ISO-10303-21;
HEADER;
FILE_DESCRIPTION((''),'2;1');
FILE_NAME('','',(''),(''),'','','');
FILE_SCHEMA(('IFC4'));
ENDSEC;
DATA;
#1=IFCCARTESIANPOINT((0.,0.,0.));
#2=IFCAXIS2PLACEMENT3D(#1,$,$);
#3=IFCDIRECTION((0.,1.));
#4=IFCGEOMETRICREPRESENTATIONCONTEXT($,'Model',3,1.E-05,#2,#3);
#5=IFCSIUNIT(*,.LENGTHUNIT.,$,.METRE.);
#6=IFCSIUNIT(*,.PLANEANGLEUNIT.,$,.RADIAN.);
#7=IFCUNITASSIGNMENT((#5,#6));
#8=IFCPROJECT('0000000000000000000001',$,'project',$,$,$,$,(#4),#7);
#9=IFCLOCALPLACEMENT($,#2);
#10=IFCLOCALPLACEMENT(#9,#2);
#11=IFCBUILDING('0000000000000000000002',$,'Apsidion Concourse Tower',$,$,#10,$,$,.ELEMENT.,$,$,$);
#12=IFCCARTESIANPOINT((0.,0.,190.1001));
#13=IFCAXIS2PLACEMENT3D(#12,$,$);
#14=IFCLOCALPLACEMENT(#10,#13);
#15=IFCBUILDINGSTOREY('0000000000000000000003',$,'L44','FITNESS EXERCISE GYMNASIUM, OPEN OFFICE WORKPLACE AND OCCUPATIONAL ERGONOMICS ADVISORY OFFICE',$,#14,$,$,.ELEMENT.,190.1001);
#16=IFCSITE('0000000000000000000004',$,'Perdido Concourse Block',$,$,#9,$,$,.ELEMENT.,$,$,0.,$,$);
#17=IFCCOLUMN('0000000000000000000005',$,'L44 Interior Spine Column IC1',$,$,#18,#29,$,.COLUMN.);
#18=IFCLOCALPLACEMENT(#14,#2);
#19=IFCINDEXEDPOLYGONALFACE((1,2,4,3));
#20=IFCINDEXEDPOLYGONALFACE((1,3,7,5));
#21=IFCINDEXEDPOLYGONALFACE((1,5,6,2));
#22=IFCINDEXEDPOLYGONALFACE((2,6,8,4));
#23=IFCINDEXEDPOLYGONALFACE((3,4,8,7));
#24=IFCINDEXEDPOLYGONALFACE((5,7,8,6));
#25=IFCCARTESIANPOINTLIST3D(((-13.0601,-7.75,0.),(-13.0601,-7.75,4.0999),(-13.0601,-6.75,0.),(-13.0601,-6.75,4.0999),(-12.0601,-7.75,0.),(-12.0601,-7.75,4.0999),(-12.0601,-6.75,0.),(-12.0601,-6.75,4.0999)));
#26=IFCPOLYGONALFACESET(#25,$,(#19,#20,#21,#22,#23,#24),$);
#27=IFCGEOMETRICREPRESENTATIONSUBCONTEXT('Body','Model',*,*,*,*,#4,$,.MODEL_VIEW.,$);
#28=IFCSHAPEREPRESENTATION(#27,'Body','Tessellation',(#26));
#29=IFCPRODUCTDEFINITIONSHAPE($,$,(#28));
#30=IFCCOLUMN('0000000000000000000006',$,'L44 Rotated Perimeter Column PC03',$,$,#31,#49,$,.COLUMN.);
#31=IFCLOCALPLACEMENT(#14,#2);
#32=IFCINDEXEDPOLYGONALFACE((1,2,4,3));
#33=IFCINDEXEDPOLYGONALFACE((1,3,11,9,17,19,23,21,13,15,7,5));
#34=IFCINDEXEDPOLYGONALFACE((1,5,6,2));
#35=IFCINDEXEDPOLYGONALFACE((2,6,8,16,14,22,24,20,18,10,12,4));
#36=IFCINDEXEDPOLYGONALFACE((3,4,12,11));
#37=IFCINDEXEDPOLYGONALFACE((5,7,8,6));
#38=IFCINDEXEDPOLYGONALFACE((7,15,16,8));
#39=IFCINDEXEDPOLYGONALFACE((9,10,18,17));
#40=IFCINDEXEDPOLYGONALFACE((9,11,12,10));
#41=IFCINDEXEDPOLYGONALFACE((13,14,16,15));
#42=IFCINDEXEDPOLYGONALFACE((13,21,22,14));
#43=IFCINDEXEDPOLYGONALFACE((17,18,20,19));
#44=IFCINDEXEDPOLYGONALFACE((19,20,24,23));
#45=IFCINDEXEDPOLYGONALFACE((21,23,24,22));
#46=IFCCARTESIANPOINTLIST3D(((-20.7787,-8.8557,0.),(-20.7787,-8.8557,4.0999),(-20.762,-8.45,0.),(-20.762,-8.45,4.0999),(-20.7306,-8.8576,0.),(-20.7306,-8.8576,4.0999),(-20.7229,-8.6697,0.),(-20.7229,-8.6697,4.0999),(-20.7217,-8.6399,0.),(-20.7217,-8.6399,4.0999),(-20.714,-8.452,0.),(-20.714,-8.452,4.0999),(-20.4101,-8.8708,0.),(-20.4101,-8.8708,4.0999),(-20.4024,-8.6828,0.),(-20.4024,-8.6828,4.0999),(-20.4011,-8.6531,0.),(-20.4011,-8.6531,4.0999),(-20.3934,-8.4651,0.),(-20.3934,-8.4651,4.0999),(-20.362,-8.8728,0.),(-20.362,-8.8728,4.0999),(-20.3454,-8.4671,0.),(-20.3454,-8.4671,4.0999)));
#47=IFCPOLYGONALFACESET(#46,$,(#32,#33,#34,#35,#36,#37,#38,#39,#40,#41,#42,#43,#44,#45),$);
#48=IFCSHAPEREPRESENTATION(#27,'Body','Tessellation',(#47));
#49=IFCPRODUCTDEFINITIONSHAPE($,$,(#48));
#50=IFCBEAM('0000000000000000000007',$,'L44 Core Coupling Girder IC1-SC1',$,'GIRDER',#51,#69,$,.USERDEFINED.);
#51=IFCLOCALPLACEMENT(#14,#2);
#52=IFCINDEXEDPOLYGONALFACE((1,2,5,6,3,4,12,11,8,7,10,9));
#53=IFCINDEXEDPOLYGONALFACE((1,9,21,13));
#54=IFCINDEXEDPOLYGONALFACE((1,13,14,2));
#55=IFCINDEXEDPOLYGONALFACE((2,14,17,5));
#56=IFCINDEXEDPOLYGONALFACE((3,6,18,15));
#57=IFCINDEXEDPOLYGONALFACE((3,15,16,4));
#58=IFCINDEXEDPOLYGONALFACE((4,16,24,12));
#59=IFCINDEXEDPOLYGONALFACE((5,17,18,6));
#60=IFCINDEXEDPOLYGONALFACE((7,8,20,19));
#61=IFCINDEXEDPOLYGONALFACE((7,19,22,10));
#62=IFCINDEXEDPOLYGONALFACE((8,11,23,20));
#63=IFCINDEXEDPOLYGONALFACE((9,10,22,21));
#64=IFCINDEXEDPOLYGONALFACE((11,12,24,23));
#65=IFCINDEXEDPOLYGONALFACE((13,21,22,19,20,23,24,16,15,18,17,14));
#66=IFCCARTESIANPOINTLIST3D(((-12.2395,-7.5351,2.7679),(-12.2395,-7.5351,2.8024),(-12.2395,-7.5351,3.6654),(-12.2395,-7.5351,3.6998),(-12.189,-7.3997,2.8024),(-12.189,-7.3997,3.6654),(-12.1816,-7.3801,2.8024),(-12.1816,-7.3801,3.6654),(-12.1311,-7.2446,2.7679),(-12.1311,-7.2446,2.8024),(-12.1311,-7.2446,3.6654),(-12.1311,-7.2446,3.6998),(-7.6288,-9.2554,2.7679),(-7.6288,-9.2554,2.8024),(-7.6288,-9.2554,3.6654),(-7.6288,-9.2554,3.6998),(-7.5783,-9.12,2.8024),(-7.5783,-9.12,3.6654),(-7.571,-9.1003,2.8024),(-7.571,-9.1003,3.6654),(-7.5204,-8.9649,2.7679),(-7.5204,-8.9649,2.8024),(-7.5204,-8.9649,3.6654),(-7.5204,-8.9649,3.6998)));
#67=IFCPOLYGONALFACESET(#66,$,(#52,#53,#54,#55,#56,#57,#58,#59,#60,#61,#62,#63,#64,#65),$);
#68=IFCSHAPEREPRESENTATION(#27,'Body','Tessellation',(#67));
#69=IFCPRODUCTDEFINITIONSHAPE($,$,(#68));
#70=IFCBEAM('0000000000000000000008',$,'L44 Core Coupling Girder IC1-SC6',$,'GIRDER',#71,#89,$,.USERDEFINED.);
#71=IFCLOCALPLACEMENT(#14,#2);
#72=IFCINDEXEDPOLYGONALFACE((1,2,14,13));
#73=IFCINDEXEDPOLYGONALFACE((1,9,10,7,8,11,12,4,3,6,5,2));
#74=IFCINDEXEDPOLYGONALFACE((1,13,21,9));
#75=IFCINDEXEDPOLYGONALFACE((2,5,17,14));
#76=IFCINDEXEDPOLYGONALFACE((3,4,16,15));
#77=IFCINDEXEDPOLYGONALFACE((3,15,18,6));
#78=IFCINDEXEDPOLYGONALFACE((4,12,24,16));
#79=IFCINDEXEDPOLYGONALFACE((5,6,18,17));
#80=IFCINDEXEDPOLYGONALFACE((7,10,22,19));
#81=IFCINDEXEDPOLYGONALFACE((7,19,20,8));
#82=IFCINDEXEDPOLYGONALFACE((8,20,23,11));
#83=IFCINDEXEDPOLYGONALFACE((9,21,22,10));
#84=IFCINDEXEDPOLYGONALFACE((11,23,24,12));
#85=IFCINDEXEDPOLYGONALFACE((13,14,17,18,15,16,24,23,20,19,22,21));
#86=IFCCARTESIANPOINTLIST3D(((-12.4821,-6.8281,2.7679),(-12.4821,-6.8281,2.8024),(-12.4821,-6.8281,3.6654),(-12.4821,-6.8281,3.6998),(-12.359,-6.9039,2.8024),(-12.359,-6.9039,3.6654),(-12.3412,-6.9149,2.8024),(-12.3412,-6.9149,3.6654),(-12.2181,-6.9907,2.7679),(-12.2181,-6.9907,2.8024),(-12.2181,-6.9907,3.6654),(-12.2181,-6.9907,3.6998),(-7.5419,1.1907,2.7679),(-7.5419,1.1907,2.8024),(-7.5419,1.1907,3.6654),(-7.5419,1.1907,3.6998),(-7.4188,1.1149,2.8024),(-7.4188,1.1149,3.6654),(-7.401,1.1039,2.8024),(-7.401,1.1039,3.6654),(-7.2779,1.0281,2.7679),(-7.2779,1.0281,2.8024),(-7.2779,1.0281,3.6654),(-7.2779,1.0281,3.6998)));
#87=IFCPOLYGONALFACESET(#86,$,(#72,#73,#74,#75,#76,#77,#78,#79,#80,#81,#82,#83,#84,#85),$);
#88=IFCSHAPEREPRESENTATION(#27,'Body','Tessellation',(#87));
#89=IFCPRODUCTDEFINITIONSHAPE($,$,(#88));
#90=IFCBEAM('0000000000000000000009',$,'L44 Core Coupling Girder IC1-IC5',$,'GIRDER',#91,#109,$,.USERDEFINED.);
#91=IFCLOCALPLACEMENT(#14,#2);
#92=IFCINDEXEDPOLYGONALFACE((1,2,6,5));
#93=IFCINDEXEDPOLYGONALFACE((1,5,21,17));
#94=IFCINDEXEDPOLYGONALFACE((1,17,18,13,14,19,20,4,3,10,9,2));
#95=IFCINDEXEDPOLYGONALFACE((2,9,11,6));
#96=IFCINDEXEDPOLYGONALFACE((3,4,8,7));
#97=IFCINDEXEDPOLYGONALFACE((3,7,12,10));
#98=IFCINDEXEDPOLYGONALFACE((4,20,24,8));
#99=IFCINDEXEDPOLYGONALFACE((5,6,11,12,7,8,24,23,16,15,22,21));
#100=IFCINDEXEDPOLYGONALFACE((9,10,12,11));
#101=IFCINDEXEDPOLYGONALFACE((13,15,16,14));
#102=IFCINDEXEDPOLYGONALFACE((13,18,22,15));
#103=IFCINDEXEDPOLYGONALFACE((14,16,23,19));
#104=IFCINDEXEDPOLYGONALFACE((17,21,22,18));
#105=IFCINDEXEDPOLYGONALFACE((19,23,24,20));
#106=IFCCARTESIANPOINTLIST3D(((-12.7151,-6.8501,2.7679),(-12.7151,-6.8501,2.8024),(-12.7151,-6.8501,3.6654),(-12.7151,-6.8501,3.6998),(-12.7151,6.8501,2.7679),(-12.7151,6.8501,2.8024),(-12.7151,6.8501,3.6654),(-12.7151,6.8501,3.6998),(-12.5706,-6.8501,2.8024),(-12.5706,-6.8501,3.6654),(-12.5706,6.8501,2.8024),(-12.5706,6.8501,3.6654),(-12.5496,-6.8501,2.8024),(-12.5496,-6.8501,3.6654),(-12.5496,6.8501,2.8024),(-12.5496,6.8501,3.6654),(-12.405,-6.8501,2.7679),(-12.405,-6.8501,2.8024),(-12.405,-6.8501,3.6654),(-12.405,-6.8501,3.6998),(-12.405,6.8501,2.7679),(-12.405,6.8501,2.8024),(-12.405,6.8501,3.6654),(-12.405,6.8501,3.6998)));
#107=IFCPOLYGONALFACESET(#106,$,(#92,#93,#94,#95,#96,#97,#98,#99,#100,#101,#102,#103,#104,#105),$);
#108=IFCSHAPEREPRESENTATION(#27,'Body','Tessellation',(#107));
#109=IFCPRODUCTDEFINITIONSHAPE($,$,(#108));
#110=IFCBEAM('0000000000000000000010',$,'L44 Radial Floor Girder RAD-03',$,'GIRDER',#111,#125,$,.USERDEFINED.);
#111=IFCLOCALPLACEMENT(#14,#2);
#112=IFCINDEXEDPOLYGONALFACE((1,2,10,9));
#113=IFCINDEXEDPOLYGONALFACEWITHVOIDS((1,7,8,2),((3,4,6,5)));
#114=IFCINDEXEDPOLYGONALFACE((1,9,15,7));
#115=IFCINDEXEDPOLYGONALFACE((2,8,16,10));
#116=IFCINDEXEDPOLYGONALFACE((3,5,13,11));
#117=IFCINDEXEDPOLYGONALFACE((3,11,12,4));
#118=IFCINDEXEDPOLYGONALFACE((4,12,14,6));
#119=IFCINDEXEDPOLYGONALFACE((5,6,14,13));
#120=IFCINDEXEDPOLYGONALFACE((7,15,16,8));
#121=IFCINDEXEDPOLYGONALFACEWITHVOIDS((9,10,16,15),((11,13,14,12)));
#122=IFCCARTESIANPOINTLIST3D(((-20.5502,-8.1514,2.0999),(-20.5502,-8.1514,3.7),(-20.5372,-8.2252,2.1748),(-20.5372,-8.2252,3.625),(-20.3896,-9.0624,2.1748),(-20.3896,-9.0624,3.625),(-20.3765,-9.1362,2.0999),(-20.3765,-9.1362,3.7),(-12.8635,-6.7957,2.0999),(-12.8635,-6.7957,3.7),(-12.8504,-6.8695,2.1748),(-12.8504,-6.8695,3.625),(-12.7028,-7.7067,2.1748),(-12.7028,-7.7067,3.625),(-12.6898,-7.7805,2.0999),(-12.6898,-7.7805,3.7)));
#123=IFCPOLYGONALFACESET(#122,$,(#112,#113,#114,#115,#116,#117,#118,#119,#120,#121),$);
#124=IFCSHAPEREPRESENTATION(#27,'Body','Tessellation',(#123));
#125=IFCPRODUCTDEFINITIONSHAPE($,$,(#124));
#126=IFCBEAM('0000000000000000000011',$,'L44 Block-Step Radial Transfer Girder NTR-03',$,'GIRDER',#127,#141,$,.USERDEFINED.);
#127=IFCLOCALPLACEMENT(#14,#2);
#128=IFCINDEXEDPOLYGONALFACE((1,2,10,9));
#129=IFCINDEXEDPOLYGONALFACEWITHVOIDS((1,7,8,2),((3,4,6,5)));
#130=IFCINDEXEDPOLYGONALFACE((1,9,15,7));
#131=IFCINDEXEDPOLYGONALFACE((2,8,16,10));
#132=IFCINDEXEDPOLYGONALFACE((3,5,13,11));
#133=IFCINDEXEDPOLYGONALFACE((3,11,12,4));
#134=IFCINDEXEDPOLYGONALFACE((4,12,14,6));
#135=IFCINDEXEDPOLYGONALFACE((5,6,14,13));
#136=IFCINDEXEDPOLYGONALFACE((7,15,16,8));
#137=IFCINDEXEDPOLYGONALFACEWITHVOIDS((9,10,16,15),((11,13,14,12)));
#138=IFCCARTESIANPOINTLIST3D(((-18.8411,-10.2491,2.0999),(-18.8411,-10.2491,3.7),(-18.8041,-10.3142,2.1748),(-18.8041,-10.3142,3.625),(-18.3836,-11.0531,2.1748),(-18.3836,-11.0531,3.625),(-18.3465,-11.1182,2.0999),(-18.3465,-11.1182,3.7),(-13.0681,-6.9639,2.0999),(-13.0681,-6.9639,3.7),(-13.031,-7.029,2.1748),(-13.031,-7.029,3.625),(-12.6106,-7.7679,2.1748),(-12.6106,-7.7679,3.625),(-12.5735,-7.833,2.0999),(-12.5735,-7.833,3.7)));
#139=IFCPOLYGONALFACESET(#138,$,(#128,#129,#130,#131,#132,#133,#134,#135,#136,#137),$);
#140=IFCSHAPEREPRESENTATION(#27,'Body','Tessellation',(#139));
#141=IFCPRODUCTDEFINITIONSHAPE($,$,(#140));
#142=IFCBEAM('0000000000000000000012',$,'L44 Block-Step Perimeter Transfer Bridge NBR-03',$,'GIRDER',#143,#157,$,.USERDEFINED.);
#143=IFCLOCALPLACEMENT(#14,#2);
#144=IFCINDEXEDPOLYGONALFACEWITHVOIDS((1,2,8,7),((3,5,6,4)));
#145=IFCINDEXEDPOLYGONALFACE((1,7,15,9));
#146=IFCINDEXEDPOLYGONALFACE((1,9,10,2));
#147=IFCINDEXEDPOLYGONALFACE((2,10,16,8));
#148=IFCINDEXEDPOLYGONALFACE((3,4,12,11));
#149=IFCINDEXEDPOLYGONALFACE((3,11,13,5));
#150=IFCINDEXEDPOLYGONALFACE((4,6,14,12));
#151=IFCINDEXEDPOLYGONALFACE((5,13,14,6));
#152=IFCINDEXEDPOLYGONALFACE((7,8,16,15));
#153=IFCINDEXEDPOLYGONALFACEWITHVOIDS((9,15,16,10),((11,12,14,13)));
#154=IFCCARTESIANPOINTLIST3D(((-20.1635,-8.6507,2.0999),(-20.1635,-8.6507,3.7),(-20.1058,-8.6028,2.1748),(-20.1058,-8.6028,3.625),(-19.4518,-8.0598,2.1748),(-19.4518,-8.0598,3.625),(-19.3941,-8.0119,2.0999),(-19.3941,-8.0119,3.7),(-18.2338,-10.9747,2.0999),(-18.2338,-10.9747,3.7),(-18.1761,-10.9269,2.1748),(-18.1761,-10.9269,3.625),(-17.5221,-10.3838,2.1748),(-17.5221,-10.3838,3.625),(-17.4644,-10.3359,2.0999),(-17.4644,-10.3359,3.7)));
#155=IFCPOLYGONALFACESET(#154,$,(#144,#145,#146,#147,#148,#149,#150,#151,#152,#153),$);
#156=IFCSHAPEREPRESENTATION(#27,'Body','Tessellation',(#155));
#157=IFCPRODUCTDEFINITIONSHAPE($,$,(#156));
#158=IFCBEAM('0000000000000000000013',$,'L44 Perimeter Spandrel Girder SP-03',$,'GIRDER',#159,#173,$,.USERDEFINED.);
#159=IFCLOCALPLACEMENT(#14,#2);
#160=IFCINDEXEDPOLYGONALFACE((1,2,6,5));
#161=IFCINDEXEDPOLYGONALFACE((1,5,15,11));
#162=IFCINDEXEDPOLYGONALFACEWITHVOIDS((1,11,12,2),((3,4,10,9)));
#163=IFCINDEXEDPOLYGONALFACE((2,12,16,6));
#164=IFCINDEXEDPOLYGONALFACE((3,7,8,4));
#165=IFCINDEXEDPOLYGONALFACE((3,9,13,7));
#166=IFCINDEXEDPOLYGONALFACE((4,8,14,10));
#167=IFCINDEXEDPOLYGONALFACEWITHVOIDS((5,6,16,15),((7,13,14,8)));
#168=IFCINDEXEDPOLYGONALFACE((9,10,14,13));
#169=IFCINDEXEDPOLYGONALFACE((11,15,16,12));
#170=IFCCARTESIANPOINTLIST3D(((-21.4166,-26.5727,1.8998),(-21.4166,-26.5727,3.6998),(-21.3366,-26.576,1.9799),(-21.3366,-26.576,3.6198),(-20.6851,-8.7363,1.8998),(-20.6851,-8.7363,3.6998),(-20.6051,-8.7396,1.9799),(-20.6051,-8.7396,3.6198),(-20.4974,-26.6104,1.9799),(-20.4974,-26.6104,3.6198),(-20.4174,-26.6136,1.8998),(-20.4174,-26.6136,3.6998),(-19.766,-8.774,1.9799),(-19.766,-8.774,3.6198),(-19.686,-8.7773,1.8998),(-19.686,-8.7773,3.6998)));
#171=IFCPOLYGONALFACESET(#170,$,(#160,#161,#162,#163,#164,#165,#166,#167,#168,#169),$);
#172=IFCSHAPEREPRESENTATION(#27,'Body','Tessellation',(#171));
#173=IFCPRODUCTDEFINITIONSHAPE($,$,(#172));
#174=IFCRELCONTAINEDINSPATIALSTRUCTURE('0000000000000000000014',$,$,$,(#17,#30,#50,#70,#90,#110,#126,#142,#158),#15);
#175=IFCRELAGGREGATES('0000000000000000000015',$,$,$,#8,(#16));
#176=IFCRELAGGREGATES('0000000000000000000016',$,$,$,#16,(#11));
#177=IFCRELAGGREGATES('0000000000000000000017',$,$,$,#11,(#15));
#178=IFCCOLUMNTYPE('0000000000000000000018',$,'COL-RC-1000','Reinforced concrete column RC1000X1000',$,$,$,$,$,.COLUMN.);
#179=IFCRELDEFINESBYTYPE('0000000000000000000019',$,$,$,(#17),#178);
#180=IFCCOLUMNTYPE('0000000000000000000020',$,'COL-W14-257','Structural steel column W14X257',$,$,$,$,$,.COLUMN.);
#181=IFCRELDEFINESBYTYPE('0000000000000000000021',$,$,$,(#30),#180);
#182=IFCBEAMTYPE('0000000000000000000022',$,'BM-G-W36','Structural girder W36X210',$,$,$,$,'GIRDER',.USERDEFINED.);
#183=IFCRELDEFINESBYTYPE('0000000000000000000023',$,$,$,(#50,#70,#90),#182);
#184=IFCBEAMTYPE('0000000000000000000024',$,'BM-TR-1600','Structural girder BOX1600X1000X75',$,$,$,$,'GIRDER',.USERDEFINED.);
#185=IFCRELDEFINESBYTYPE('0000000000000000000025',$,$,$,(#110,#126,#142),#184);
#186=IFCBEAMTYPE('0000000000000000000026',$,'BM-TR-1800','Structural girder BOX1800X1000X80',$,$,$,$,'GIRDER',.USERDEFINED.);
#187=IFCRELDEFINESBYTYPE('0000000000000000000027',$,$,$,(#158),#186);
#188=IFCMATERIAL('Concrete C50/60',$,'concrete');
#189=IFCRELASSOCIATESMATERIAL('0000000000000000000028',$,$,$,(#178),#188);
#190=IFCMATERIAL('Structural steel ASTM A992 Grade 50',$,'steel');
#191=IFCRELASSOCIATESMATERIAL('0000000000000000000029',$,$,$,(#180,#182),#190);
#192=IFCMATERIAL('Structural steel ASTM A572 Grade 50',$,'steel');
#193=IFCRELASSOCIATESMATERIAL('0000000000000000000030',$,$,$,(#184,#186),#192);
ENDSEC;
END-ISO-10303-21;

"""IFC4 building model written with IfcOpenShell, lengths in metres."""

from ifc_helpers import new_model, si_unit, direction, frame, origin, origin_2d, place, context, subcontext, project, spatial, rectangle, hollow_rectangle, i_section, extrude, material, material_profile, profile_set, type_object, element, save


model = new_model("IFC4")

# Units and contexts
model_context = context("Model", 3, precision=1e-05, world=origin(), true_north=direction((0.0, 1.0)))
body_context = subcontext(model_context, "Body", "Model", "MODEL_VIEW")
ifc_project = project(units=[si_unit("LENGTHUNIT", "METRE"), si_unit("PLANEANGLEUNIT", "RADIAN")], contexts=[model_context])

# Site, building, storey
site_placement = place(None, origin())
site = spatial("IfcSite", under=ifc_project, at=site_placement, Name="Perdido Concourse Block", CompositionType="ELEMENT", RefElevation=0.0)
building_placement = place(site_placement, origin())
building = spatial("IfcBuilding", under=site, at=building_placement, Name="Apsidion Concourse Tower", CompositionType="ELEMENT")
storey_placement = place(building_placement, frame((0.0, 0.0, 190.1001)))
storey = spatial("IfcBuildingStorey", under=building, at=storey_placement, Name="L44", Description="FITNESS EXERCISE GYMNASIUM, OPEN OFFICE WORKPLACE AND OCCUPATIONAL ERGONOMICS ADVISORY OFFICE", CompositionType="ELEMENT", Elevation=190.1001)

# Columns
ifc_material_1 = material(Name="Concrete C50/60", Category="concrete")
ifc_material_profile_1 = material_profile(ifc_material_1, rectangle(XDim=1.0, YDim=1.0, at=origin_2d()), Name="RC 1000x1000")
ifc_profile_set_1 = profile_set([ifc_material_profile_1], Name="Concrete C50/60")
column_type_1 = type_object("IfcColumnType", Name="COL-RC-1000", Description="Reinforced concrete column RC1000X1000", PredefinedType="COLUMN", material=ifc_profile_set_1)
column_1_placement = place(storey_placement, frame((-12.5601, -7.25, 0.0), z_axis=(0.0, 0.0, 1.0), x_axis=(1.0, 0.0, 0.0)))
element("IfcColumn", 1, at=column_1_placement, inside=storey, type_object=column_type_1, Name="L44 Interior Spine Column IC1", PredefinedType="COLUMN", context=body_context, shape_type="SweptSolid", body=[
    extrude(rectangle(XDim=1.0, YDim=1.0, at=origin_2d()), origin(), (0.0, 0.0, 1.0), 4.0999),
])
ifc_material_2 = material(Name="Structural steel ASTM A992 Grade 50", Category="steel")
ifc_material_profile_2 = material_profile(ifc_material_2, i_section(OverallWidth=0.406, OverallDepth=0.417, WebThickness=0.0298, FlangeThickness=0.0481, at=origin_2d()), Name="W14X257")
ifc_profile_set_2 = profile_set([ifc_material_profile_2], Name="Structural steel ASTM A992 Grade 50")
column_type_2 = type_object("IfcColumnType", Name="COL-W14-257", Description="Structural steel column W14X257", PredefinedType="COLUMN", material=ifc_profile_set_2)
column_2_placement = place(storey_placement, frame((-20.562, -8.6614, 0.0), z_axis=(0.0, 0.0, 1.0), x_axis=(0.041004, 0.999159, 0.0)))
element("IfcColumn", 2, at=column_2_placement, inside=storey, type_object=column_type_2, Name="L44 Rotated Perimeter Column PC03", PredefinedType="COLUMN", context=body_context, shape_type="SweptSolid", body=[
    extrude(i_section(OverallWidth=0.406, OverallDepth=0.417, WebThickness=0.0298, FlangeThickness=0.0481, at=origin_2d()), origin(), (0.0, 0.0, 1.0), 4.0999),
])

# Beams
ifc_material_profile_3 = material_profile(ifc_material_2, i_section(OverallWidth=0.3101, OverallDepth=0.9319, WebThickness=0.021, FlangeThickness=0.0344, at=origin_2d()), Name="W36X210")
ifc_profile_set_3 = profile_set([ifc_material_profile_3], Name="Structural steel ASTM A992 Grade 50")
beam_type_1 = type_object("IfcBeamType", Name="BM-G-W36", Description="Structural girder W36X210", ElementType="GIRDER", PredefinedType="USERDEFINED", material=ifc_profile_set_3)
beam_1_placement = place(storey_placement, frame((-12.1853, -7.3899, 3.2339), z_axis=(0.936913, -0.349563, 0.0), x_axis=(0.349563, 0.936913, 0.0)))
element("IfcBeam", 3, at=beam_1_placement, inside=storey, type_object=beam_type_1, Name="L44 Core Coupling Girder IC1-SC1", ObjectType="GIRDER", PredefinedType="USERDEFINED", context=body_context, shape_type="SweptSolid", body=[
    extrude(i_section(OverallWidth=0.3101, OverallDepth=0.9319, WebThickness=0.021, FlangeThickness=0.0344, at=origin_2d()), origin(), (0.0, 0.0, 1.0), 4.9211),
])
beam_2_placement = place(storey_placement, frame((-12.3501, -6.9094, 3.2339), z_axis=(0.524524, 0.851396, 0.0), x_axis=(-0.851396, 0.524524, 0.0)))
element("IfcBeam", 4, at=beam_2_placement, inside=storey, type_object=beam_type_1, Name="L44 Core Coupling Girder IC1-SC6", ObjectType="GIRDER", PredefinedType="USERDEFINED", context=body_context, shape_type="SweptSolid", body=[
    extrude(i_section(OverallWidth=0.3101, OverallDepth=0.9319, WebThickness=0.021, FlangeThickness=0.0344, at=origin_2d()), origin(), (0.0, 0.0, 1.0), 9.4185),
])
beam_3_placement = place(storey_placement, frame((-12.5601, -6.8501, 3.2339), z_axis=(0.0, 1.0, 0.0), x_axis=(-1.0, 0.0, 0.0)))
element("IfcBeam", 5, at=beam_3_placement, inside=storey, type_object=beam_type_1, Name="L44 Core Coupling Girder IC1-IC5", ObjectType="GIRDER", PredefinedType="USERDEFINED", context=body_context, shape_type="SweptSolid", body=[
    extrude(i_section(OverallWidth=0.3101, OverallDepth=0.9319, WebThickness=0.021, FlangeThickness=0.0344, at=origin_2d()), origin(), (0.0, 0.0, 1.0), 13.7002),
])
ifc_material_3 = material(Name="Structural steel ASTM A572 Grade 50", Category="steel")
ifc_material_profile_4 = material_profile(ifc_material_3, hollow_rectangle(XDim=1.0, YDim=1.6001, WallThickness=0.075, at=origin_2d()), Name="BOX1600X1000X75")
ifc_profile_set_4 = profile_set([ifc_material_profile_4], Name="Structural steel ASTM A572 Grade 50")
beam_type_2 = type_object("IfcBeamType", Name="BM-TR-1600", Description="Structural girder BOX1600X1000X75", ElementType="GIRDER", PredefinedType="USERDEFINED", material=ifc_profile_set_4)
beam_4_placement = place(storey_placement, frame((-12.7766, -7.2881, 2.8999), z_axis=(-0.984801, -0.173689, 0.0), x_axis=(0.173689, -0.984801, 0.0)))
element("IfcBeam", 6, at=beam_4_placement, inside=storey, type_object=beam_type_2, Name="L44 Radial Floor Girder RAD-03", ObjectType="GIRDER", PredefinedType="USERDEFINED", context=body_context, shape_type="SweptSolid", body=[
    extrude(hollow_rectangle(XDim=1.0, YDim=1.6001, WallThickness=0.075, at=origin_2d()), origin(), (0.0, 0.0, 1.0), 7.8054),
])
beam_5_placement = place(storey_placement, frame((-12.8208, -7.3984, 2.8999), z_axis=(-0.869128, -0.494586, 0.0), x_axis=(0.494586, -0.869128, 0.0)))
element("IfcBeam", 7, at=beam_5_placement, inside=storey, type_object=beam_type_2, Name="L44 Block-Step Radial Transfer Girder NTR-03", ObjectType="GIRDER", PredefinedType="USERDEFINED", context=body_context, shape_type="SweptSolid", body=[
    extrude(hollow_rectangle(XDim=1.0, YDim=1.6001, WallThickness=0.075, at=origin_2d()), origin(), (0.0, 0.0, 1.0), 6.6423),
])
beam_6_placement = place(storey_placement, frame((-19.7788, -8.3313, 2.8999), z_axis=(0.638824, -0.769353, 0.0), x_axis=(0.769353, 0.638824, 0.0)))
element("IfcBeam", 8, at=beam_6_placement, inside=storey, type_object=beam_type_2, Name="L44 Block-Step Perimeter Transfer Bridge NBR-03", ObjectType="GIRDER", PredefinedType="USERDEFINED", context=body_context, shape_type="SweptSolid", body=[
    extrude(hollow_rectangle(XDim=1.0, YDim=1.6001, WallThickness=0.075, at=origin_2d()), origin(), (0.0, 0.0, 1.0), 3.0208),
])
ifc_material_profile_5 = material_profile(ifc_material_3, hollow_rectangle(XDim=1.0, YDim=1.8, WallThickness=0.0801, at=origin_2d()), Name="BOX1800X1000X80")
ifc_profile_set_5 = profile_set([ifc_material_profile_5], Name="Structural steel ASTM A572 Grade 50")
beam_type_3 = type_object("IfcBeamType", Name="BM-TR-1800", Description="Structural girder BOX1800X1000X80", ElementType="GIRDER", PredefinedType="USERDEFINED", material=ifc_profile_set_5)
beam_7_placement = place(storey_placement, frame((-20.1855, -8.7568, 2.7998), z_axis=(-0.040974, -0.99916, 0.0), x_axis=(0.99916, -0.040974, 0.0)))
element("IfcBeam", 9, at=beam_7_placement, inside=storey, type_object=beam_type_3, Name="L44 Perimeter Spandrel Girder SP-03", ObjectType="GIRDER", PredefinedType="USERDEFINED", context=body_context, shape_type="SweptSolid", body=[
    extrude(hollow_rectangle(XDim=1.0, YDim=1.8, WallThickness=0.0801, at=origin_2d()), origin(), (0.0, 0.0, 1.0), 17.8513),
])

save(model, "model.ifc")
